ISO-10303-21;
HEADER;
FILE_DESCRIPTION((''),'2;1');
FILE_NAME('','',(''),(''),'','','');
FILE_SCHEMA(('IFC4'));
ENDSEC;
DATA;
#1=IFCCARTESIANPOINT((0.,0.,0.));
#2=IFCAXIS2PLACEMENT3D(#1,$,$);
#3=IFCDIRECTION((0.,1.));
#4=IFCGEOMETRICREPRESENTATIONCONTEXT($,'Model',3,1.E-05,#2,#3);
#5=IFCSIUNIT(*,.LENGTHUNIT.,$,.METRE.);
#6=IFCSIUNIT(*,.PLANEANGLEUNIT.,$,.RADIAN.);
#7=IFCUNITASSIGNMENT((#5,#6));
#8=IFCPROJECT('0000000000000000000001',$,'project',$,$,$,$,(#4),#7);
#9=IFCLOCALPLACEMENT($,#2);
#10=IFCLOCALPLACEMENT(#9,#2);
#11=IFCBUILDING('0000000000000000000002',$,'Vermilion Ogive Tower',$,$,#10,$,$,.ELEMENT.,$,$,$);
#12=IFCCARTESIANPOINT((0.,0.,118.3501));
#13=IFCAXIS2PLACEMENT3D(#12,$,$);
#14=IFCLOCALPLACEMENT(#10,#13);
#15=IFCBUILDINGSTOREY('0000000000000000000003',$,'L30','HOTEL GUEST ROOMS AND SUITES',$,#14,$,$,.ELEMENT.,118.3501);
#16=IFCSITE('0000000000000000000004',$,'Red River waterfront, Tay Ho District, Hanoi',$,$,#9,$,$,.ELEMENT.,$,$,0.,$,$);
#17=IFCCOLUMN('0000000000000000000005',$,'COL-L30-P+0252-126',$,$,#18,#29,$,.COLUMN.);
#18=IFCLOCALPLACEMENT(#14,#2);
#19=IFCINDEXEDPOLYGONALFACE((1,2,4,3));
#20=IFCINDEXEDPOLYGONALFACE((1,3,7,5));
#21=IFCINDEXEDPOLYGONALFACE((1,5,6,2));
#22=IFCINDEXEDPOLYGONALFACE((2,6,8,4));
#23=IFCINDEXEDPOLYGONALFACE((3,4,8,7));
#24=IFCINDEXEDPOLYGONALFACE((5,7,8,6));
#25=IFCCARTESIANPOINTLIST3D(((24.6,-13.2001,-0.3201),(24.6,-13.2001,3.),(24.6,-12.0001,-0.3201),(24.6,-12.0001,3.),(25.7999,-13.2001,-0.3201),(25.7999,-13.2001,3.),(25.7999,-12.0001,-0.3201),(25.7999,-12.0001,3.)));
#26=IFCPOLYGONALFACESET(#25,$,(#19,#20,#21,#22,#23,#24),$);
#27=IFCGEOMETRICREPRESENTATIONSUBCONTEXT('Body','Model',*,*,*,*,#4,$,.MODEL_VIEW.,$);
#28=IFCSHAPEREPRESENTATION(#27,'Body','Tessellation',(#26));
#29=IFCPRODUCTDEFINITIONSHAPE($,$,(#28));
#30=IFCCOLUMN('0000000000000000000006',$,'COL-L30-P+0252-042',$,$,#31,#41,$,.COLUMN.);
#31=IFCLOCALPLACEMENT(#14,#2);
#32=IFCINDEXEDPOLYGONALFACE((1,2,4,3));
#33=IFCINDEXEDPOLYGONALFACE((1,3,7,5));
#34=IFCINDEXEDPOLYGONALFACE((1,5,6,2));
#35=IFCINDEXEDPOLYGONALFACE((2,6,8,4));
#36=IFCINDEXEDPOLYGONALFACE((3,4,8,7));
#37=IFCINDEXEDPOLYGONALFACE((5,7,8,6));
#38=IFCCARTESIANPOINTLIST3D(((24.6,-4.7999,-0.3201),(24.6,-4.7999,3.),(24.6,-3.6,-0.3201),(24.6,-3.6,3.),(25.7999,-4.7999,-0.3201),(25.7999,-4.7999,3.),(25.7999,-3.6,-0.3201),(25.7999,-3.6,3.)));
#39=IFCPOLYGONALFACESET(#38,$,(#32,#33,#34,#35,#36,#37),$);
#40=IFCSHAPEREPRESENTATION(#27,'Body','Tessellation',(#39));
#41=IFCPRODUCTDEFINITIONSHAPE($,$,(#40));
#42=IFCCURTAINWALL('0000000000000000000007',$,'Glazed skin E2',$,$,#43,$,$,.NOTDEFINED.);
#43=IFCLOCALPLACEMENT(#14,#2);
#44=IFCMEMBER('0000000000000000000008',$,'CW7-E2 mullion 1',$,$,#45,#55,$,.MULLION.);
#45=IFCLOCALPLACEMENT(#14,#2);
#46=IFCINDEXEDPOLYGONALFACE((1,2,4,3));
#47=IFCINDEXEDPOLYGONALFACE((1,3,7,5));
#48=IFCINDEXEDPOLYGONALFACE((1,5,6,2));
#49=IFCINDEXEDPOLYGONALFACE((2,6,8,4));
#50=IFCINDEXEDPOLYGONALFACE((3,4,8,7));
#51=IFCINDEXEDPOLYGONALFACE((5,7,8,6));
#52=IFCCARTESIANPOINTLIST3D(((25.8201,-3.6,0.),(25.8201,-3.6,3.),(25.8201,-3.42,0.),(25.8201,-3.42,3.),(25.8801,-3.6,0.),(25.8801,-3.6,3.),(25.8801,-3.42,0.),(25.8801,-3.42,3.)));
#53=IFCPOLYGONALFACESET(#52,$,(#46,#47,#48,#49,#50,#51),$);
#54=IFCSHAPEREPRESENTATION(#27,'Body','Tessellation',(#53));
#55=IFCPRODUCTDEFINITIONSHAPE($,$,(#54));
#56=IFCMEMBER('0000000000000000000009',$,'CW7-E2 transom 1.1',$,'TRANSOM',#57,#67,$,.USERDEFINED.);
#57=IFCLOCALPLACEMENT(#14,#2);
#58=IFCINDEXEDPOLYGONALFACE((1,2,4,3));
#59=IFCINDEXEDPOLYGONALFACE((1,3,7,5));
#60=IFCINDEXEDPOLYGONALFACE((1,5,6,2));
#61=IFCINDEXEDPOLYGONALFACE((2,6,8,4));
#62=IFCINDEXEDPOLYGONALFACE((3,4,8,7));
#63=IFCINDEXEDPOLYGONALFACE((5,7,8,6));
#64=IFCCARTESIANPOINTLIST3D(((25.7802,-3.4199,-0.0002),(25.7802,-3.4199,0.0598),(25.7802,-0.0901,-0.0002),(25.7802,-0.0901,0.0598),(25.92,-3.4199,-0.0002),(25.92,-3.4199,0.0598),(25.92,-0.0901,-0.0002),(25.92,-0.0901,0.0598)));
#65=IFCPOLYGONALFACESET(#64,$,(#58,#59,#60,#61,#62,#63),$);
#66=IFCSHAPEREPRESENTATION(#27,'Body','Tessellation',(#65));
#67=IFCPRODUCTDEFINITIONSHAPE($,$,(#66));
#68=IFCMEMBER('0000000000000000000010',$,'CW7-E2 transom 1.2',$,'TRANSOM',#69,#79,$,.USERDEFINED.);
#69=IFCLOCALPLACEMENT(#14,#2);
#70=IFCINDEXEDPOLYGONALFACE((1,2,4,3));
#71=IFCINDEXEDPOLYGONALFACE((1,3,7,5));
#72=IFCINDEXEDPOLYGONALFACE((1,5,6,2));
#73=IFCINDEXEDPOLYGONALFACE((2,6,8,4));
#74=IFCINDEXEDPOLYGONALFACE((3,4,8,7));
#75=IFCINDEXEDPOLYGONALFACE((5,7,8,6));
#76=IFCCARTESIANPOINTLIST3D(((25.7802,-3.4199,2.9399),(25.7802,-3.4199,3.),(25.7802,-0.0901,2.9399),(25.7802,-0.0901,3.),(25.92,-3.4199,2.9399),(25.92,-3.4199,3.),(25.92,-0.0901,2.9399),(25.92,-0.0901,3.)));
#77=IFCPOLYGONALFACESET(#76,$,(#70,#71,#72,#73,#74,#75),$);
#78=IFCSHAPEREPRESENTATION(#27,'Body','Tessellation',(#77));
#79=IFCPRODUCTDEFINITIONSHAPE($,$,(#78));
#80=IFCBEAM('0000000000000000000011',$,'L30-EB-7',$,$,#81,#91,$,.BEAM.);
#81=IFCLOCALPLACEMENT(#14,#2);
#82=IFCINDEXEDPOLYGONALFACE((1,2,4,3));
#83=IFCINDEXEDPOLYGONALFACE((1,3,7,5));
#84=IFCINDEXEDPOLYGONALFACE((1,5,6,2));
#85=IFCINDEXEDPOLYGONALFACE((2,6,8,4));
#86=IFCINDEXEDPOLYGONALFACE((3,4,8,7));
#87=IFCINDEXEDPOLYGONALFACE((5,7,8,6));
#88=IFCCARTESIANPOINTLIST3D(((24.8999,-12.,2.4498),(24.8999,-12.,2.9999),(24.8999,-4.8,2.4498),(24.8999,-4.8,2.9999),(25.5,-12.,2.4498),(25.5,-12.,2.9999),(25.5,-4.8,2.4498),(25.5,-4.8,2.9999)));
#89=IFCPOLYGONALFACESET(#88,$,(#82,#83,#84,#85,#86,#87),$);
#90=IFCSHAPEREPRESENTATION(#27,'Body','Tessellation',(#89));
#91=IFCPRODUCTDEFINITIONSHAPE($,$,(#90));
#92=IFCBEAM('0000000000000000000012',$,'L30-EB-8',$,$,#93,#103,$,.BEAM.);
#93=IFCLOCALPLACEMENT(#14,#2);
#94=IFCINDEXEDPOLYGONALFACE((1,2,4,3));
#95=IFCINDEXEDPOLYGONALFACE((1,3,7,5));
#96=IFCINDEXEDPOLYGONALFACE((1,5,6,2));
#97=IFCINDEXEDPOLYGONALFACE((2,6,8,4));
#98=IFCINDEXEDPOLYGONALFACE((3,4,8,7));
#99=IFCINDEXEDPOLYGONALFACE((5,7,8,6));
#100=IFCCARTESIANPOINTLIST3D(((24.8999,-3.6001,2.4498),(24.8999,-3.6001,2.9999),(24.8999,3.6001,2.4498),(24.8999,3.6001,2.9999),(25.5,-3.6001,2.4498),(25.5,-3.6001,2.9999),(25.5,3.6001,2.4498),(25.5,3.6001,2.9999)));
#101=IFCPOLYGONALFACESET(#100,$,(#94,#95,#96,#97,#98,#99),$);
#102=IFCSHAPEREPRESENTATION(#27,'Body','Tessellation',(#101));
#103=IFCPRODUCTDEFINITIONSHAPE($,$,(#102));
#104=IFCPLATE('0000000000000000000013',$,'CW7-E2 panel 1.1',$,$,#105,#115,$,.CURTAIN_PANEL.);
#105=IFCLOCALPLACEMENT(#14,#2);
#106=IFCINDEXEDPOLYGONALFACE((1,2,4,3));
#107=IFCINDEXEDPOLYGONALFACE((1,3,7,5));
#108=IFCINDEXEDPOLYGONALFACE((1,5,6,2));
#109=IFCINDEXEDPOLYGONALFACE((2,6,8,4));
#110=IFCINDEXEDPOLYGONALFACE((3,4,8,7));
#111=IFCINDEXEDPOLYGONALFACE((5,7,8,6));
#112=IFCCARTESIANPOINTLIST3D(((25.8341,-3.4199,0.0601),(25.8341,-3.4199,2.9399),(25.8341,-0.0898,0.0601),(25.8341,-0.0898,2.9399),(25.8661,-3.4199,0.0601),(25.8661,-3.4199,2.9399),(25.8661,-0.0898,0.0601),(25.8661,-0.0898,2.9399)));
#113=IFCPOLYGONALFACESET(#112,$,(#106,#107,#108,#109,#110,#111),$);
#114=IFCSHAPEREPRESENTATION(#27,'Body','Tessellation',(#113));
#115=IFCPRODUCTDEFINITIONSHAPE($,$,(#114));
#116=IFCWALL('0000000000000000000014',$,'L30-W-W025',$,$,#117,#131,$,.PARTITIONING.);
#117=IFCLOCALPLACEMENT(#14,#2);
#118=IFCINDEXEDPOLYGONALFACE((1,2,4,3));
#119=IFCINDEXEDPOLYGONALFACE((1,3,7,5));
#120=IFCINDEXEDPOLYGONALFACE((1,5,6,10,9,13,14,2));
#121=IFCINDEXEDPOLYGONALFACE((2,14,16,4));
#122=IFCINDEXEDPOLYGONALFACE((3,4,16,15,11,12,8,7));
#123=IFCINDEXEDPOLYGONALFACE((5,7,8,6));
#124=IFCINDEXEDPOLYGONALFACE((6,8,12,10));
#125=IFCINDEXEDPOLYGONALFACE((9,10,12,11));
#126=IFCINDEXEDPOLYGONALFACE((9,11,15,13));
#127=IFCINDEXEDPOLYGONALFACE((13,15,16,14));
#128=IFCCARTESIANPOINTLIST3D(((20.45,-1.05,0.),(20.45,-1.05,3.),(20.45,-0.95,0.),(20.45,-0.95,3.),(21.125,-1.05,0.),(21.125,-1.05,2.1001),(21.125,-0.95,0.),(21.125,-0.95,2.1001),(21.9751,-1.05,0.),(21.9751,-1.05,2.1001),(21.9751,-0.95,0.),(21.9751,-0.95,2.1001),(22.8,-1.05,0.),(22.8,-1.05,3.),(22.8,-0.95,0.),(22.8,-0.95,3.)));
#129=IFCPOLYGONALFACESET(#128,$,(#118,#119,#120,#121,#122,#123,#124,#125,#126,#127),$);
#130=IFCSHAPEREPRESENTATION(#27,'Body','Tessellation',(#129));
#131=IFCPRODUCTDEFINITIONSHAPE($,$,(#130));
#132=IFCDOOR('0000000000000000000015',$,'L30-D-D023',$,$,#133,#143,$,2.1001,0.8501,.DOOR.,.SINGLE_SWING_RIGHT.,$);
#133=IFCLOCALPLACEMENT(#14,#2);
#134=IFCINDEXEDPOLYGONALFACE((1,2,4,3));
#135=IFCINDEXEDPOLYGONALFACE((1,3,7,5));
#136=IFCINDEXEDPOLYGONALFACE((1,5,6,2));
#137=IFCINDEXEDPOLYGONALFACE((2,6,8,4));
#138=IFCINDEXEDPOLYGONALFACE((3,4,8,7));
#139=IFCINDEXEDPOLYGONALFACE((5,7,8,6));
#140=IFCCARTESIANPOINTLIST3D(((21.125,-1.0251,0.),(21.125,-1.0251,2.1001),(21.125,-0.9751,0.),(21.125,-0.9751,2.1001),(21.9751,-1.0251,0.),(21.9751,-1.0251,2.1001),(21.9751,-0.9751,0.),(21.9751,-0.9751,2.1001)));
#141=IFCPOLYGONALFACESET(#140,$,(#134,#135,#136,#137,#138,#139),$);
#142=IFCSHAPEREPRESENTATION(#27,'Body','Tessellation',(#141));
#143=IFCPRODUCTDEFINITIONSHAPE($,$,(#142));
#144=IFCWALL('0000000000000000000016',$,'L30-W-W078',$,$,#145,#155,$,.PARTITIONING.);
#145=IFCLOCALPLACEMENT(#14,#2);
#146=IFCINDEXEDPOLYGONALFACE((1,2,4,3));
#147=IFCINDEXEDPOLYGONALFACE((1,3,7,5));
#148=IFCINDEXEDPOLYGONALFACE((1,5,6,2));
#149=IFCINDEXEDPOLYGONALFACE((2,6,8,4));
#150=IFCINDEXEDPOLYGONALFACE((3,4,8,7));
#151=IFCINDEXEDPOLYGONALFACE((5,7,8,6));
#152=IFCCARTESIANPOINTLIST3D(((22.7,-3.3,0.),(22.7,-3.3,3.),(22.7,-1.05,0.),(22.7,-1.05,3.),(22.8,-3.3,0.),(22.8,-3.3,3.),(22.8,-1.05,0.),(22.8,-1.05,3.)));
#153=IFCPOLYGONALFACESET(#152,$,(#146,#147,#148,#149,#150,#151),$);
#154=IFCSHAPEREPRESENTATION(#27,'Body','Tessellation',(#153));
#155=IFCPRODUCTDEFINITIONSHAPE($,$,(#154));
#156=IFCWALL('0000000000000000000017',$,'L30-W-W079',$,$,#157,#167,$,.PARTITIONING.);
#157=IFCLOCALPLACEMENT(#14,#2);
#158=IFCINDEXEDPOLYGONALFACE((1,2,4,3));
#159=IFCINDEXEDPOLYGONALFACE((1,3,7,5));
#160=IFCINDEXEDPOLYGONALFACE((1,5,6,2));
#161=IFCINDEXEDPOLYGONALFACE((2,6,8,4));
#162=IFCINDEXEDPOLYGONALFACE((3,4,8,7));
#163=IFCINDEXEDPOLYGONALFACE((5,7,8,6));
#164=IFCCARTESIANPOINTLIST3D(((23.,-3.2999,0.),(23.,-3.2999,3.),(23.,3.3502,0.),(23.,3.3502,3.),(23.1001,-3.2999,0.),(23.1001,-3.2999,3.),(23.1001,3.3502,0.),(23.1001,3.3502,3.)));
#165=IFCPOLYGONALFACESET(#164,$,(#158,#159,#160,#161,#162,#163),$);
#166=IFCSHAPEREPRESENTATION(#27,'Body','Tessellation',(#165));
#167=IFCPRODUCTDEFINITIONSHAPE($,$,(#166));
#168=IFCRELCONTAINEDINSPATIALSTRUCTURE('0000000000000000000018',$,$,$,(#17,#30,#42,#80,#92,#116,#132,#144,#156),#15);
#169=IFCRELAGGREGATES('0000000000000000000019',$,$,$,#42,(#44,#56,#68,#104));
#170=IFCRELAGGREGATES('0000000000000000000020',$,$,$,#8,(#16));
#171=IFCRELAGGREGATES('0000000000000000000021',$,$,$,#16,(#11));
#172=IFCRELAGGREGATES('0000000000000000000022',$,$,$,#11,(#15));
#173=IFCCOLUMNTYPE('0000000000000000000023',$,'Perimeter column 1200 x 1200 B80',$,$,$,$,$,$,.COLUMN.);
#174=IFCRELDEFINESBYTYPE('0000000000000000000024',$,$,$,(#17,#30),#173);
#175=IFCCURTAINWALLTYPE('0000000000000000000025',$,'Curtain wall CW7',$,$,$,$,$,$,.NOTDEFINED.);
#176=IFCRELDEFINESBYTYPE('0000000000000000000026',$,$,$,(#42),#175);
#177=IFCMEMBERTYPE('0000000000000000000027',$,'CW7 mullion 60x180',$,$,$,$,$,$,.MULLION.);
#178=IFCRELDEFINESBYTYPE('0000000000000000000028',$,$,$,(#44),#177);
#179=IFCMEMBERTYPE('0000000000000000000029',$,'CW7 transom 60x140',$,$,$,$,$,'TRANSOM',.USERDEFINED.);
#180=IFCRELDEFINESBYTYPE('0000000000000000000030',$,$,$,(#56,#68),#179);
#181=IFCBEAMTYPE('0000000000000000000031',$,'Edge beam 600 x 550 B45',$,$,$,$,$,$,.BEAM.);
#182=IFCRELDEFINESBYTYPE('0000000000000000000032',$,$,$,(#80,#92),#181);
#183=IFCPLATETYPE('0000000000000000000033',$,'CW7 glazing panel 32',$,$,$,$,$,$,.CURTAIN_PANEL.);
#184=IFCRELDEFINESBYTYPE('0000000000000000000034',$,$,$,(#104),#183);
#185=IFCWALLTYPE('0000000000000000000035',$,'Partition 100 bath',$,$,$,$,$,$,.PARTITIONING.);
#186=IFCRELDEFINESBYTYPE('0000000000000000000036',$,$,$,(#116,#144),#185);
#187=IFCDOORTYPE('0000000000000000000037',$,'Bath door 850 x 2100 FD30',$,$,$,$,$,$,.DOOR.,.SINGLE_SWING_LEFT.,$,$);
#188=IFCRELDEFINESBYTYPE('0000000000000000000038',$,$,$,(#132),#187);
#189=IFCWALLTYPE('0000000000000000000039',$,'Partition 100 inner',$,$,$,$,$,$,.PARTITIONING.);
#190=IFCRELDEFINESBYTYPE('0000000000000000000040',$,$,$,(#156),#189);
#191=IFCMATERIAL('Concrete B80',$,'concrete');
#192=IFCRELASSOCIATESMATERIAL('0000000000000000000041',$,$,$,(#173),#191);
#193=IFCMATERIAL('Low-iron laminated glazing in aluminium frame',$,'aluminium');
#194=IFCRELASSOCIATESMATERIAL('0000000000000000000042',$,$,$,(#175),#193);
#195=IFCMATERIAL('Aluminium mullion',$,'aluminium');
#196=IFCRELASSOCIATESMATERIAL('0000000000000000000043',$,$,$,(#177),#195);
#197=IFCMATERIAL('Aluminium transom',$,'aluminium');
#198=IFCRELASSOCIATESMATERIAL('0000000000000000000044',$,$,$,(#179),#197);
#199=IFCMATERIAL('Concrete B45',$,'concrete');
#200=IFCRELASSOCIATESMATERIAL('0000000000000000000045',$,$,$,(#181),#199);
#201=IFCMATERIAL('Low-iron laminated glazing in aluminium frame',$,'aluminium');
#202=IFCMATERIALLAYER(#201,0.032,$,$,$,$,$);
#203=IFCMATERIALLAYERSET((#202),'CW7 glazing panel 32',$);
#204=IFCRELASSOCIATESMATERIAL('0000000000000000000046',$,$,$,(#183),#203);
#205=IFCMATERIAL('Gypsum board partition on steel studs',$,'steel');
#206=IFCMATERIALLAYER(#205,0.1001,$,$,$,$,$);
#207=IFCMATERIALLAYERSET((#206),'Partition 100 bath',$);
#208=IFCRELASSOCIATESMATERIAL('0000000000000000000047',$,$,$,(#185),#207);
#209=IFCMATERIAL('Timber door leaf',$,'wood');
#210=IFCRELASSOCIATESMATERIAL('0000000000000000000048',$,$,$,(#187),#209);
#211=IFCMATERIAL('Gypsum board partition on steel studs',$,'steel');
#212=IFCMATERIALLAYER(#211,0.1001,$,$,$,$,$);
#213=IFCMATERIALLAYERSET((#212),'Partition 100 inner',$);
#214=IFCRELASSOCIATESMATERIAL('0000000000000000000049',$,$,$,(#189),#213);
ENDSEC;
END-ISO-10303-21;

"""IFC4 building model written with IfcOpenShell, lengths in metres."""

from ifc_helpers import new_model, si_unit, direction, frame, frame_2d, origin, origin_2d, place, context, subcontext, project, spatial, rectangle, extrude, material, layer, layer_set, material_profile, profile_set, type_object, element, fill, aggregate, save


model = new_model("IFC4")

# Units and contexts
model_context = context("Model", 3, precision=1e-05, world=origin(), true_north=direction((0.0, 1.0)))
body_context = subcontext(model_context, "Body", "Model", "MODEL_VIEW")
ifc_project = project(units=[si_unit("LENGTHUNIT", "METRE"), si_unit("PLANEANGLEUNIT", "RADIAN")], contexts=[model_context])

# Site, building, storey
site_placement = place(None, origin())
site = spatial("IfcSite", under=ifc_project, at=site_placement, Name="Red River waterfront, Tay Ho District, Hanoi", CompositionType="ELEMENT", RefElevation=0.0)
building_placement = place(site_placement, origin())
building = spatial("IfcBuilding", under=site, at=building_placement, Name="Vermilion Ogive Tower", CompositionType="ELEMENT")
storey_placement = place(building_placement, frame((0.0, 0.0, 118.3501)))
storey = spatial("IfcBuildingStorey", under=building, at=storey_placement, Name="L30", Description="HOTEL GUEST ROOMS AND SUITES", CompositionType="ELEMENT", Elevation=118.3501)

# Columns
ifc_material_1 = material(Name="Concrete B80", Category="concrete")
ifc_material_profile_1 = material_profile(ifc_material_1, rectangle(XDim=1.2, YDim=1.2, at=origin_2d()), Name="1200 x 1200")
ifc_profile_set_1 = profile_set([ifc_material_profile_1], Name="Concrete B80")
column_type = type_object("IfcColumnType", Name="Perimeter column 1200 x 1200 B80", PredefinedType="COLUMN", material=ifc_profile_set_1)
for number, where, z_axis, x_axis, name in (
    (1, (25.2, -12.6001, -0.3201), (0.0, 0.0, 1.0), (1.0, 0.0, 0.0), "COL-L30-P+0252-126"),
    (2, (25.2, -4.2, -0.3201), (0.0, 0.0, 1.0), (1.0, 0.0, 0.0), "COL-L30-P+0252-042"),
):
    element("IfcColumn", number, at=place(storey_placement, frame(where, z_axis=z_axis, x_axis=x_axis)), inside=storey, type_object=column_type, Name=name, PredefinedType="COLUMN", context=body_context, shape_type="SweptSolid", body=[
        extrude(rectangle(XDim=1.2, YDim=1.2, at=origin_2d()), origin(), (0.0, 0.0, 1.0), 3.3201),
    ])

# Curtain wall, members
ifc_material_2 = material(Name="Low-iron laminated glazing in aluminium frame", Category="aluminium")
curtain_wall_type = type_object("IfcCurtainWallType", Name="Curtain wall CW7", PredefinedType="NOTDEFINED", material=ifc_material_2)
curtain_wall_placement = place(storey_placement, origin())
curtain_wall = element("IfcCurtainWall", 3, at=curtain_wall_placement, inside=storey, type_object=curtain_wall_type, Name="Glazed skin E2", PredefinedType="NOTDEFINED")
ifc_material_3 = material(Name="Aluminium mullion", Category="aluminium")
ifc_material_profile_2 = material_profile(ifc_material_3, rectangle(XDim=0.0601, YDim=0.1799, at=origin_2d()), Name="AL 60x180")
ifc_profile_set_2 = profile_set([ifc_material_profile_2], Name="Aluminium mullion")
member_type_1 = type_object("IfcMemberType", Name="CW7 mullion 60x180", PredefinedType="MULLION", material=ifc_profile_set_2)
member_1_placement = place(storey_placement, frame((25.8501, -3.51, 0.0), z_axis=(0.0, 0.0, 1.0), x_axis=(-1.0, 0.0, 0.0)))
member_1 = element("IfcMember", 4, at=member_1_placement, type_object=member_type_1, Name="CW7-E2 mullion 1", PredefinedType="MULLION", context=body_context, shape_type="SweptSolid", body=[
    extrude(rectangle(XDim=0.0601, YDim=0.1799, at=origin_2d()), origin(), (0.0, 0.0, 1.0), 3.0),
])
ifc_material_4 = material(Name="Aluminium transom", Category="aluminium")
ifc_material_profile_3 = material_profile(ifc_material_4, rectangle(XDim=0.1399, YDim=0.0601, at=origin_2d()), Name="AL 60x140")
ifc_profile_set_3 = profile_set([ifc_material_profile_3], Name="Aluminium transom")
member_type_2 = type_object("IfcMemberType", Name="CW7 transom 60x140", ElementType="TRANSOM", PredefinedType="USERDEFINED", material=ifc_profile_set_3)
member_2_placement = place(storey_placement, frame((25.8501, -3.4199, 0.0298), z_axis=(0.0, 1.0, 0.0), x_axis=(-1.0, 0.0, 0.0)))
member_2 = element("IfcMember", 5, at=member_2_placement, type_object=member_type_2, Name="CW7-E2 transom 1.1", ObjectType="TRANSOM", PredefinedType="USERDEFINED", context=body_context, shape_type="SweptSolid", body=[
    extrude(rectangle(XDim=0.1399, YDim=0.0601, at=origin_2d()), origin(), (0.0, 0.0, 1.0), 3.3298),
])
member_3_placement = place(storey_placement, frame((25.8501, -3.4199, 2.97), z_axis=(0.0, 1.0, 0.0), x_axis=(-1.0, 0.0, 0.0)))
member_3 = element("IfcMember", 6, at=member_3_placement, type_object=member_type_2, Name="CW7-E2 transom 1.2", ObjectType="TRANSOM", PredefinedType="USERDEFINED", context=body_context, shape_type="SweptSolid", body=[
    extrude(rectangle(XDim=0.1399, YDim=0.0601, at=origin_2d()), origin(), (0.0, 0.0, 1.0), 3.3298),
])

# Beams
ifc_material_5 = material(Name="Concrete B45", Category="concrete")
ifc_material_profile_4 = material_profile(ifc_material_5, rectangle(XDim=0.6001, YDim=0.55, at=origin_2d()), Name="600 x 550")
ifc_profile_set_4 = profile_set([ifc_material_profile_4], Name="Concrete B45")
beam_type = type_object("IfcBeamType", Name="Edge beam 600 x 550 B45", PredefinedType="BEAM", material=ifc_profile_set_4)
beam_1_placement = place(storey_placement, frame((25.2, -12.0, 2.7249), z_axis=(0.0, 1.0, 0.0), x_axis=(-1.0, 0.0, 0.0)))
element("IfcBeam", 7, at=beam_1_placement, inside=storey, type_object=beam_type, Name="L30-EB-7", PredefinedType="BEAM", context=body_context, shape_type="SweptSolid", body=[
    extrude(rectangle(XDim=0.6001, YDim=0.55, at=origin_2d()), origin(), (0.0, 0.0, 1.0), 7.2),
])
beam_2_placement = place(storey_placement, frame((25.2, -3.6001, 2.7249), z_axis=(0.0, 1.0, 0.0), x_axis=(-1.0, 0.0, 0.0)))
element("IfcBeam", 8, at=beam_2_placement, inside=storey, type_object=beam_type, Name="L30-EB-8", PredefinedType="BEAM", context=body_context, shape_type="SweptSolid", body=[
    extrude(rectangle(XDim=0.6001, YDim=0.55, at=origin_2d()), origin(), (0.0, 0.0, 1.0), 7.2002),
])

# Plate
ifc_material_6 = material(Name="Low-iron laminated glazing in aluminium frame", Category="aluminium")
ifc_layer_1 = layer(ifc_material_6, 0.032)
ifc_layer_set_1 = layer_set([ifc_layer_1], Name="CW7 glazing panel 32")
plate_type = type_object("IfcPlateType", Name="CW7 glazing panel 32", PredefinedType="CURTAIN_PANEL", material=ifc_layer_set_1)
plate_placement = place(storey_placement, frame((25.8501, -1.7549, 0.0601), z_axis=(0.0, 0.0, 1.0), x_axis=(0.0, 1.0, 0.0)))
plate = element("IfcPlate", 9, at=plate_placement, type_object=plate_type, Name="CW7-E2 panel 1.1", PredefinedType="CURTAIN_PANEL", context=body_context, shape_type="SweptSolid", body=[
    extrude(rectangle(XDim=3.3301, YDim=0.032, at=origin_2d()), origin(), (0.0, 0.0, 1.0), 2.8799),
])
aggregate(curtain_wall, [member_1, member_2, member_3, plate])

# Wall, opening, door
ifc_material_7 = material(Name="Gypsum board partition on steel studs", Category="steel")
ifc_layer_2 = layer(ifc_material_7, 0.1001)
ifc_layer_set_2 = layer_set([ifc_layer_2], Name="Partition 100 bath")
wall_type_1 = type_object("IfcWallType", Name="Partition 100 bath", PredefinedType="PARTITIONING", material=ifc_layer_set_2)
wall_1_placement = place(storey_placement, frame((20.45, -1.0, 0.0), z_axis=(0.0, 0.0, 1.0), x_axis=(1.0, 0.0, 0.0)))
wall_1 = element("IfcWall", 10, at=wall_1_placement, inside=storey, type_object=wall_type_1, Name="L30-W-W025", PredefinedType="PARTITIONING", context=body_context, shape_type="SweptSolid", body=[
    extrude(rectangle(XDim=2.3501, YDim=0.1001, at=frame_2d((1.175, 0.0))), origin(), (0.0, 0.0, 1.0), 3.0),
])
opening_1_placement = place(wall_1_placement, frame((0.675, 0.0, 0.0)))
opening_1 = element("IfcOpeningElement", 11, at=opening_1_placement, cuts=wall_1, PredefinedType="OPENING", context=body_context, shape_type="SweptSolid", body=[
    extrude(rectangle(XDim=0.8501, YDim=2.1001, at=frame_2d((0.425, 1.05))), frame((0.0, 0.0601, 0.0), z_axis=(0.0, -1.0, 0.0), x_axis=(1.0, 0.0, 0.0)), (0.0, 0.0, 1.0), 0.1201),
])
ifc_material_8 = material(Name="Timber door leaf", Category="wood")
door_type_1 = type_object("IfcDoorType", Name="Bath door 850 x 2100 FD30", OperationType="SINGLE_SWING_LEFT", PredefinedType="DOOR", material=ifc_material_8)
door_1_placement = place(opening_1_placement, origin())
door_1 = element("IfcDoor", 12, at=door_1_placement, inside=storey, type_object=door_type_1, Name="L30-D-D023", OperationType="SINGLE_SWING_RIGHT", OverallHeight=2.1001, OverallWidth=0.8501, PredefinedType="DOOR", context=body_context, shape_type="SweptSolid", body=[
    extrude(rectangle(XDim=0.8501, YDim=2.1001, at=frame_2d((0.425, 1.05))), frame((0.0, 0.0249, 0.0), z_axis=(0.0, -1.0, 0.0), x_axis=(1.0, 0.0, 0.0)), (0.0, 0.0, 1.0), 0.05),
])
fill(opening_1, door_1)

# Walls
wall_2_placement = place(storey_placement, frame((22.75, -3.3, 0.0), z_axis=(0.0, 0.0, 1.0), x_axis=(0.0, 1.0, 0.0)))
element("IfcWall", 13, at=wall_2_placement, inside=storey, type_object=wall_type_1, Name="L30-W-W078", PredefinedType="PARTITIONING", context=body_context, shape_type="SweptSolid", body=[
    extrude(rectangle(XDim=2.25, YDim=0.1001, at=frame_2d((1.125, 0.0))), origin(), (0.0, 0.0, 1.0), 3.0),
])
ifc_material_9 = material(Name="Gypsum board partition on steel studs", Category="steel")
ifc_layer_3 = layer(ifc_material_9, 0.1001)
ifc_layer_set_3 = layer_set([ifc_layer_3], Name="Partition 100 inner")
wall_type_2 = type_object("IfcWallType", Name="Partition 100 inner", PredefinedType="PARTITIONING", material=ifc_layer_set_3)
wall_3_placement = place(storey_placement, frame((23.05, -3.3, 0.0), z_axis=(0.0, 0.0, 1.0), x_axis=(0.0, 1.0, 0.0)))
element("IfcWall", 14, at=wall_3_placement, inside=storey, type_object=wall_type_2, Name="L30-W-W079", PredefinedType="PARTITIONING", context=body_context, shape_type="SweptSolid", body=[
    extrude(rectangle(XDim=6.6501, YDim=0.1001, at=frame_2d((3.3252, 0.0))), origin(), (0.0, 0.0, 1.0), 3.0),
])

save(model, "model.ifc")
